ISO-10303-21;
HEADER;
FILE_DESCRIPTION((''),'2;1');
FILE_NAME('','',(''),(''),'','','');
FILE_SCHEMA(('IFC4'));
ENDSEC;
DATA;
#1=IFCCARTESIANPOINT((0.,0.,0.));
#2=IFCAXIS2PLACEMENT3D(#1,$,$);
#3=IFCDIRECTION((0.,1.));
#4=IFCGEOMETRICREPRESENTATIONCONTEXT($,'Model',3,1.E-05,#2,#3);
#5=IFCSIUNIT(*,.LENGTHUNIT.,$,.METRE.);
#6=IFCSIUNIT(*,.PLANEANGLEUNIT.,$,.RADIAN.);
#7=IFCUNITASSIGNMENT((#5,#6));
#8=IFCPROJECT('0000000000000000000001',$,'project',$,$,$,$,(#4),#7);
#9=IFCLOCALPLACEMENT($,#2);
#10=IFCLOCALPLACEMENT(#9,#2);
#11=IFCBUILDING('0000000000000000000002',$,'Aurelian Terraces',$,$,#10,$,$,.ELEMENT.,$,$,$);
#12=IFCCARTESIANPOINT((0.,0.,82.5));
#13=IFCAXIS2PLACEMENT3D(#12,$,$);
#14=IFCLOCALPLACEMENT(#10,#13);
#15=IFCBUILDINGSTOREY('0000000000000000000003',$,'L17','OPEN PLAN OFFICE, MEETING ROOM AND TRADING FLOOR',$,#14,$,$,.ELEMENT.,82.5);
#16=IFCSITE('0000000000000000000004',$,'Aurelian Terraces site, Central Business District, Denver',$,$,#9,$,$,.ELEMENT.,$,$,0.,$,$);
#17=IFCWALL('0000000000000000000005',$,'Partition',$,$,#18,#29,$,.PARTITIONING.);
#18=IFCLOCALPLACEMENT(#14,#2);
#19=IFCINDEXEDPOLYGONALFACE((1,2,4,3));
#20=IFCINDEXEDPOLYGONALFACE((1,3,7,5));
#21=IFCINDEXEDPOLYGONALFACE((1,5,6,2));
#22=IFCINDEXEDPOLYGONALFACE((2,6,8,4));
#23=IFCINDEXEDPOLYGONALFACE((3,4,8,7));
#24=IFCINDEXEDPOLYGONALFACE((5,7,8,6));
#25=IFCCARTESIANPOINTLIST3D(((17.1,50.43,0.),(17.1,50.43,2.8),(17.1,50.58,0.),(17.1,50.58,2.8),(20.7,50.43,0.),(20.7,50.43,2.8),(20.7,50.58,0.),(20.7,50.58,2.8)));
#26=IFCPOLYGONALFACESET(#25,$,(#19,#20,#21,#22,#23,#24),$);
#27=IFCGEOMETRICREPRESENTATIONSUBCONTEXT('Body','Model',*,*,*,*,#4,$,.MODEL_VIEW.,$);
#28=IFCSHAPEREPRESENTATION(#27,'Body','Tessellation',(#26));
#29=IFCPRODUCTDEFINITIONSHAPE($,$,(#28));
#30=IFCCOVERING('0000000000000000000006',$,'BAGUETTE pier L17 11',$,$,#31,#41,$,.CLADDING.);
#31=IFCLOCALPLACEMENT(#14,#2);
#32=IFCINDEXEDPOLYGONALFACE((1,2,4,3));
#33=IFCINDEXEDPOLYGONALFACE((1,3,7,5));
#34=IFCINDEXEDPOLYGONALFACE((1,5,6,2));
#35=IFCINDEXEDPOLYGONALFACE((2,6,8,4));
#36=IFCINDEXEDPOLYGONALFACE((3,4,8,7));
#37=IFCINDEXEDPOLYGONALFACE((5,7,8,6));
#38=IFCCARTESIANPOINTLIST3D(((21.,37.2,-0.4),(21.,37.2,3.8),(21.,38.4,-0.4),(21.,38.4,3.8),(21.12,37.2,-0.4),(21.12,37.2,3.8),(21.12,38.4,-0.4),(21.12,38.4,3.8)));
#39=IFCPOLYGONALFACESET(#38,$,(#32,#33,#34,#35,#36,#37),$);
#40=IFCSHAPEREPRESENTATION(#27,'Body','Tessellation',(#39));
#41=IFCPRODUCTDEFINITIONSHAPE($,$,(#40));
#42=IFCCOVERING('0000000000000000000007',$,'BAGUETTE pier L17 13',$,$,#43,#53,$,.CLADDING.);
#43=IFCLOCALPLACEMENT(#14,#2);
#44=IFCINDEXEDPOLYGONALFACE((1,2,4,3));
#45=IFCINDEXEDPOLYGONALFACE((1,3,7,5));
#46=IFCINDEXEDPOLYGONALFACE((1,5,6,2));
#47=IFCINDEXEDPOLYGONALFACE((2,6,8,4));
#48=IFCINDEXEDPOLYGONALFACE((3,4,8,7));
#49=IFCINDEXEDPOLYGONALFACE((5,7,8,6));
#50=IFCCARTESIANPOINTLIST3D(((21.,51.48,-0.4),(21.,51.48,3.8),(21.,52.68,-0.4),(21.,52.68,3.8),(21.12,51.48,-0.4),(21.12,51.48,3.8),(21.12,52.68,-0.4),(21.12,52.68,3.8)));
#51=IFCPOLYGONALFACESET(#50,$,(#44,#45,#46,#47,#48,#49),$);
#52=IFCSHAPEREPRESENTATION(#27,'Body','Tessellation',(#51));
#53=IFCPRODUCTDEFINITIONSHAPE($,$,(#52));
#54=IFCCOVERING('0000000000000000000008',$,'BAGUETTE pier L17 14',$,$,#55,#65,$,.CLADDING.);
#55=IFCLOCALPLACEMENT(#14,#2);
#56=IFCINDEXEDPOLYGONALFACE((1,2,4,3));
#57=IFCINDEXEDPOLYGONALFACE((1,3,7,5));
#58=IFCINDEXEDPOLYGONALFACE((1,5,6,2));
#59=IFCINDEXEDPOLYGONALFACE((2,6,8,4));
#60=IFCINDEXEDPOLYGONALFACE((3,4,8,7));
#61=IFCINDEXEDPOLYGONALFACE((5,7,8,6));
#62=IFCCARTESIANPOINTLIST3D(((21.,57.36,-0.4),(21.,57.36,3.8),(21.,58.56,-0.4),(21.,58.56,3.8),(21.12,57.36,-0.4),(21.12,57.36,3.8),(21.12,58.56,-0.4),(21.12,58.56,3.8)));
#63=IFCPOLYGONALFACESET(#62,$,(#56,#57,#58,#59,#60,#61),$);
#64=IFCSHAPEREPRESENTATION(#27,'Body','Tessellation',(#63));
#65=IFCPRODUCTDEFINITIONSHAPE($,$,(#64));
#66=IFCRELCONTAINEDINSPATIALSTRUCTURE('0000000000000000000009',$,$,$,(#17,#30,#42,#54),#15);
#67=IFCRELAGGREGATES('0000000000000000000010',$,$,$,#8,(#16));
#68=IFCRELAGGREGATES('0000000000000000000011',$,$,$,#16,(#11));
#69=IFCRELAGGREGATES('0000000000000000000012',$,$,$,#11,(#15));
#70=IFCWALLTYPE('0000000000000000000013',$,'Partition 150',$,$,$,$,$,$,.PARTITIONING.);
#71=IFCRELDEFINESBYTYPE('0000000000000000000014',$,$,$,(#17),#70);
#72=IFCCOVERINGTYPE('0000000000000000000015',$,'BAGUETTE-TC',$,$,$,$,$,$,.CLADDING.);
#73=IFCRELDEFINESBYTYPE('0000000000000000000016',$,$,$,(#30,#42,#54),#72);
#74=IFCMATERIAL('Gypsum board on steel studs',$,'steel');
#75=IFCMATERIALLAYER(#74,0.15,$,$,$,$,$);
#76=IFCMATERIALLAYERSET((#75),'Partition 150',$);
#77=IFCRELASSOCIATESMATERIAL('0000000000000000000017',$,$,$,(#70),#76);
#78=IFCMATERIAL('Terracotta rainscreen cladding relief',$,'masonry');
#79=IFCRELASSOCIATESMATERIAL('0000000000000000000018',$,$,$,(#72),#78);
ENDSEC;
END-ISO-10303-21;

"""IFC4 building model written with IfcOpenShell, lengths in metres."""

from ifc_helpers import new_model, si_unit, direction, frame, frame_2d, origin, origin_2d, place, context, subcontext, project, spatial, rectangle, extrude, source, transform, mapped, material, layer, layer_set, type_object, element, save


model = new_model("IFC4")

# Units and contexts
model_context = context("Model", 3, precision=1e-05, world=origin(), true_north=direction((0.0, 1.0)))
body_context = subcontext(model_context, "Body", "Model", "MODEL_VIEW")
ifc_project = project(units=[si_unit("LENGTHUNIT", "METRE"), si_unit("PLANEANGLEUNIT", "RADIAN")], contexts=[model_context])

# Site, building, storey
site_placement = place(None, origin())
site = spatial("IfcSite", under=ifc_project, at=site_placement, Name="Aurelian Terraces site, Central Business District, Denver", CompositionType="ELEMENT", RefElevation=0.0)
building_placement = place(site_placement, origin())
building = spatial("IfcBuilding", under=site, at=building_placement, Name="Aurelian Terraces", CompositionType="ELEMENT")
storey_placement = place(building_placement, frame((0.0, 0.0, 82.5)))
storey = spatial("IfcBuildingStorey", under=building, at=storey_placement, Name="L17", Description="OPEN PLAN OFFICE, MEETING ROOM AND TRADING FLOOR", CompositionType="ELEMENT", Elevation=82.5)

# Wall
ifc_material_1 = material(Name="Gypsum board on steel studs", Category="steel")
ifc_layer_1 = layer(ifc_material_1, 0.15)
ifc_layer_set_1 = layer_set([ifc_layer_1], Name="Partition 150")
wall_type_1 = type_object("IfcWallType", Name="Partition 150", PredefinedType="PARTITIONING", material=ifc_layer_set_1)
shared_shape_1 = source(origin(), body_context, "Body", "SweptSolid", [
    extrude(rectangle(XDim=3.6, YDim=0.15, at=frame_2d((1.8, 0.0))), origin(), (0.0, 0.0, 1.0), 2.8),
])
wall_1_placement = place(storey_placement, frame((17.1, 50.505, 0.0), z_axis=(0.0, 0.0, 1.0), x_axis=(1.0, 0.0, 0.0)))
element("IfcWall", 1, at=wall_1_placement, inside=storey, type_object=wall_type_1, Name="Partition", PredefinedType="PARTITIONING", context=body_context, shape_type="MappedRepresentation", body=[
    mapped(shared_shape_1, transform((0.0, 0.0, 0.0), scale=1.0)),
])

# Coverings
ifc_material_2 = material(Name="Terracotta rainscreen cladding relief", Category="masonry")
covering_type = type_object("IfcCoveringType", Name="BAGUETTE-TC", PredefinedType="CLADDING", material=ifc_material_2)
shared_shape_2 = source(origin(), body_context, "Body", "SweptSolid", [
    extrude(rectangle(XDim=0.12, YDim=1.2, at=origin_2d()), origin(), (0.0, 0.0, 1.0), 4.2),
])
for number, where, z_axis, x_axis, name in (
    (2, (21.06, 37.8, -0.4), (0.0, 0.0, 1.0), (1.0, 0.0, 0.0), "BAGUETTE pier L17 11"),
    (3, (21.06, 52.08, -0.4), (0.0, 0.0, 1.0), (1.0, 0.0, 0.0), "BAGUETTE pier L17 13"),
    (4, (21.06, 57.96, -0.4), (0.0, 0.0, 1.0), (1.0, 0.0, 0.0), "BAGUETTE pier L17 14"),
):
    element("IfcCovering", number, at=place(storey_placement, frame(where, z_axis=z_axis, x_axis=x_axis)), inside=storey, type_object=covering_type, Name=name, PredefinedType="CLADDING", context=body_context, shape_type="MappedRepresentation", body=[
        mapped(shared_shape_2, transform((0.0, 0.0, 0.0), scale=1.0)),
    ])

save(model, "model.ifc")
